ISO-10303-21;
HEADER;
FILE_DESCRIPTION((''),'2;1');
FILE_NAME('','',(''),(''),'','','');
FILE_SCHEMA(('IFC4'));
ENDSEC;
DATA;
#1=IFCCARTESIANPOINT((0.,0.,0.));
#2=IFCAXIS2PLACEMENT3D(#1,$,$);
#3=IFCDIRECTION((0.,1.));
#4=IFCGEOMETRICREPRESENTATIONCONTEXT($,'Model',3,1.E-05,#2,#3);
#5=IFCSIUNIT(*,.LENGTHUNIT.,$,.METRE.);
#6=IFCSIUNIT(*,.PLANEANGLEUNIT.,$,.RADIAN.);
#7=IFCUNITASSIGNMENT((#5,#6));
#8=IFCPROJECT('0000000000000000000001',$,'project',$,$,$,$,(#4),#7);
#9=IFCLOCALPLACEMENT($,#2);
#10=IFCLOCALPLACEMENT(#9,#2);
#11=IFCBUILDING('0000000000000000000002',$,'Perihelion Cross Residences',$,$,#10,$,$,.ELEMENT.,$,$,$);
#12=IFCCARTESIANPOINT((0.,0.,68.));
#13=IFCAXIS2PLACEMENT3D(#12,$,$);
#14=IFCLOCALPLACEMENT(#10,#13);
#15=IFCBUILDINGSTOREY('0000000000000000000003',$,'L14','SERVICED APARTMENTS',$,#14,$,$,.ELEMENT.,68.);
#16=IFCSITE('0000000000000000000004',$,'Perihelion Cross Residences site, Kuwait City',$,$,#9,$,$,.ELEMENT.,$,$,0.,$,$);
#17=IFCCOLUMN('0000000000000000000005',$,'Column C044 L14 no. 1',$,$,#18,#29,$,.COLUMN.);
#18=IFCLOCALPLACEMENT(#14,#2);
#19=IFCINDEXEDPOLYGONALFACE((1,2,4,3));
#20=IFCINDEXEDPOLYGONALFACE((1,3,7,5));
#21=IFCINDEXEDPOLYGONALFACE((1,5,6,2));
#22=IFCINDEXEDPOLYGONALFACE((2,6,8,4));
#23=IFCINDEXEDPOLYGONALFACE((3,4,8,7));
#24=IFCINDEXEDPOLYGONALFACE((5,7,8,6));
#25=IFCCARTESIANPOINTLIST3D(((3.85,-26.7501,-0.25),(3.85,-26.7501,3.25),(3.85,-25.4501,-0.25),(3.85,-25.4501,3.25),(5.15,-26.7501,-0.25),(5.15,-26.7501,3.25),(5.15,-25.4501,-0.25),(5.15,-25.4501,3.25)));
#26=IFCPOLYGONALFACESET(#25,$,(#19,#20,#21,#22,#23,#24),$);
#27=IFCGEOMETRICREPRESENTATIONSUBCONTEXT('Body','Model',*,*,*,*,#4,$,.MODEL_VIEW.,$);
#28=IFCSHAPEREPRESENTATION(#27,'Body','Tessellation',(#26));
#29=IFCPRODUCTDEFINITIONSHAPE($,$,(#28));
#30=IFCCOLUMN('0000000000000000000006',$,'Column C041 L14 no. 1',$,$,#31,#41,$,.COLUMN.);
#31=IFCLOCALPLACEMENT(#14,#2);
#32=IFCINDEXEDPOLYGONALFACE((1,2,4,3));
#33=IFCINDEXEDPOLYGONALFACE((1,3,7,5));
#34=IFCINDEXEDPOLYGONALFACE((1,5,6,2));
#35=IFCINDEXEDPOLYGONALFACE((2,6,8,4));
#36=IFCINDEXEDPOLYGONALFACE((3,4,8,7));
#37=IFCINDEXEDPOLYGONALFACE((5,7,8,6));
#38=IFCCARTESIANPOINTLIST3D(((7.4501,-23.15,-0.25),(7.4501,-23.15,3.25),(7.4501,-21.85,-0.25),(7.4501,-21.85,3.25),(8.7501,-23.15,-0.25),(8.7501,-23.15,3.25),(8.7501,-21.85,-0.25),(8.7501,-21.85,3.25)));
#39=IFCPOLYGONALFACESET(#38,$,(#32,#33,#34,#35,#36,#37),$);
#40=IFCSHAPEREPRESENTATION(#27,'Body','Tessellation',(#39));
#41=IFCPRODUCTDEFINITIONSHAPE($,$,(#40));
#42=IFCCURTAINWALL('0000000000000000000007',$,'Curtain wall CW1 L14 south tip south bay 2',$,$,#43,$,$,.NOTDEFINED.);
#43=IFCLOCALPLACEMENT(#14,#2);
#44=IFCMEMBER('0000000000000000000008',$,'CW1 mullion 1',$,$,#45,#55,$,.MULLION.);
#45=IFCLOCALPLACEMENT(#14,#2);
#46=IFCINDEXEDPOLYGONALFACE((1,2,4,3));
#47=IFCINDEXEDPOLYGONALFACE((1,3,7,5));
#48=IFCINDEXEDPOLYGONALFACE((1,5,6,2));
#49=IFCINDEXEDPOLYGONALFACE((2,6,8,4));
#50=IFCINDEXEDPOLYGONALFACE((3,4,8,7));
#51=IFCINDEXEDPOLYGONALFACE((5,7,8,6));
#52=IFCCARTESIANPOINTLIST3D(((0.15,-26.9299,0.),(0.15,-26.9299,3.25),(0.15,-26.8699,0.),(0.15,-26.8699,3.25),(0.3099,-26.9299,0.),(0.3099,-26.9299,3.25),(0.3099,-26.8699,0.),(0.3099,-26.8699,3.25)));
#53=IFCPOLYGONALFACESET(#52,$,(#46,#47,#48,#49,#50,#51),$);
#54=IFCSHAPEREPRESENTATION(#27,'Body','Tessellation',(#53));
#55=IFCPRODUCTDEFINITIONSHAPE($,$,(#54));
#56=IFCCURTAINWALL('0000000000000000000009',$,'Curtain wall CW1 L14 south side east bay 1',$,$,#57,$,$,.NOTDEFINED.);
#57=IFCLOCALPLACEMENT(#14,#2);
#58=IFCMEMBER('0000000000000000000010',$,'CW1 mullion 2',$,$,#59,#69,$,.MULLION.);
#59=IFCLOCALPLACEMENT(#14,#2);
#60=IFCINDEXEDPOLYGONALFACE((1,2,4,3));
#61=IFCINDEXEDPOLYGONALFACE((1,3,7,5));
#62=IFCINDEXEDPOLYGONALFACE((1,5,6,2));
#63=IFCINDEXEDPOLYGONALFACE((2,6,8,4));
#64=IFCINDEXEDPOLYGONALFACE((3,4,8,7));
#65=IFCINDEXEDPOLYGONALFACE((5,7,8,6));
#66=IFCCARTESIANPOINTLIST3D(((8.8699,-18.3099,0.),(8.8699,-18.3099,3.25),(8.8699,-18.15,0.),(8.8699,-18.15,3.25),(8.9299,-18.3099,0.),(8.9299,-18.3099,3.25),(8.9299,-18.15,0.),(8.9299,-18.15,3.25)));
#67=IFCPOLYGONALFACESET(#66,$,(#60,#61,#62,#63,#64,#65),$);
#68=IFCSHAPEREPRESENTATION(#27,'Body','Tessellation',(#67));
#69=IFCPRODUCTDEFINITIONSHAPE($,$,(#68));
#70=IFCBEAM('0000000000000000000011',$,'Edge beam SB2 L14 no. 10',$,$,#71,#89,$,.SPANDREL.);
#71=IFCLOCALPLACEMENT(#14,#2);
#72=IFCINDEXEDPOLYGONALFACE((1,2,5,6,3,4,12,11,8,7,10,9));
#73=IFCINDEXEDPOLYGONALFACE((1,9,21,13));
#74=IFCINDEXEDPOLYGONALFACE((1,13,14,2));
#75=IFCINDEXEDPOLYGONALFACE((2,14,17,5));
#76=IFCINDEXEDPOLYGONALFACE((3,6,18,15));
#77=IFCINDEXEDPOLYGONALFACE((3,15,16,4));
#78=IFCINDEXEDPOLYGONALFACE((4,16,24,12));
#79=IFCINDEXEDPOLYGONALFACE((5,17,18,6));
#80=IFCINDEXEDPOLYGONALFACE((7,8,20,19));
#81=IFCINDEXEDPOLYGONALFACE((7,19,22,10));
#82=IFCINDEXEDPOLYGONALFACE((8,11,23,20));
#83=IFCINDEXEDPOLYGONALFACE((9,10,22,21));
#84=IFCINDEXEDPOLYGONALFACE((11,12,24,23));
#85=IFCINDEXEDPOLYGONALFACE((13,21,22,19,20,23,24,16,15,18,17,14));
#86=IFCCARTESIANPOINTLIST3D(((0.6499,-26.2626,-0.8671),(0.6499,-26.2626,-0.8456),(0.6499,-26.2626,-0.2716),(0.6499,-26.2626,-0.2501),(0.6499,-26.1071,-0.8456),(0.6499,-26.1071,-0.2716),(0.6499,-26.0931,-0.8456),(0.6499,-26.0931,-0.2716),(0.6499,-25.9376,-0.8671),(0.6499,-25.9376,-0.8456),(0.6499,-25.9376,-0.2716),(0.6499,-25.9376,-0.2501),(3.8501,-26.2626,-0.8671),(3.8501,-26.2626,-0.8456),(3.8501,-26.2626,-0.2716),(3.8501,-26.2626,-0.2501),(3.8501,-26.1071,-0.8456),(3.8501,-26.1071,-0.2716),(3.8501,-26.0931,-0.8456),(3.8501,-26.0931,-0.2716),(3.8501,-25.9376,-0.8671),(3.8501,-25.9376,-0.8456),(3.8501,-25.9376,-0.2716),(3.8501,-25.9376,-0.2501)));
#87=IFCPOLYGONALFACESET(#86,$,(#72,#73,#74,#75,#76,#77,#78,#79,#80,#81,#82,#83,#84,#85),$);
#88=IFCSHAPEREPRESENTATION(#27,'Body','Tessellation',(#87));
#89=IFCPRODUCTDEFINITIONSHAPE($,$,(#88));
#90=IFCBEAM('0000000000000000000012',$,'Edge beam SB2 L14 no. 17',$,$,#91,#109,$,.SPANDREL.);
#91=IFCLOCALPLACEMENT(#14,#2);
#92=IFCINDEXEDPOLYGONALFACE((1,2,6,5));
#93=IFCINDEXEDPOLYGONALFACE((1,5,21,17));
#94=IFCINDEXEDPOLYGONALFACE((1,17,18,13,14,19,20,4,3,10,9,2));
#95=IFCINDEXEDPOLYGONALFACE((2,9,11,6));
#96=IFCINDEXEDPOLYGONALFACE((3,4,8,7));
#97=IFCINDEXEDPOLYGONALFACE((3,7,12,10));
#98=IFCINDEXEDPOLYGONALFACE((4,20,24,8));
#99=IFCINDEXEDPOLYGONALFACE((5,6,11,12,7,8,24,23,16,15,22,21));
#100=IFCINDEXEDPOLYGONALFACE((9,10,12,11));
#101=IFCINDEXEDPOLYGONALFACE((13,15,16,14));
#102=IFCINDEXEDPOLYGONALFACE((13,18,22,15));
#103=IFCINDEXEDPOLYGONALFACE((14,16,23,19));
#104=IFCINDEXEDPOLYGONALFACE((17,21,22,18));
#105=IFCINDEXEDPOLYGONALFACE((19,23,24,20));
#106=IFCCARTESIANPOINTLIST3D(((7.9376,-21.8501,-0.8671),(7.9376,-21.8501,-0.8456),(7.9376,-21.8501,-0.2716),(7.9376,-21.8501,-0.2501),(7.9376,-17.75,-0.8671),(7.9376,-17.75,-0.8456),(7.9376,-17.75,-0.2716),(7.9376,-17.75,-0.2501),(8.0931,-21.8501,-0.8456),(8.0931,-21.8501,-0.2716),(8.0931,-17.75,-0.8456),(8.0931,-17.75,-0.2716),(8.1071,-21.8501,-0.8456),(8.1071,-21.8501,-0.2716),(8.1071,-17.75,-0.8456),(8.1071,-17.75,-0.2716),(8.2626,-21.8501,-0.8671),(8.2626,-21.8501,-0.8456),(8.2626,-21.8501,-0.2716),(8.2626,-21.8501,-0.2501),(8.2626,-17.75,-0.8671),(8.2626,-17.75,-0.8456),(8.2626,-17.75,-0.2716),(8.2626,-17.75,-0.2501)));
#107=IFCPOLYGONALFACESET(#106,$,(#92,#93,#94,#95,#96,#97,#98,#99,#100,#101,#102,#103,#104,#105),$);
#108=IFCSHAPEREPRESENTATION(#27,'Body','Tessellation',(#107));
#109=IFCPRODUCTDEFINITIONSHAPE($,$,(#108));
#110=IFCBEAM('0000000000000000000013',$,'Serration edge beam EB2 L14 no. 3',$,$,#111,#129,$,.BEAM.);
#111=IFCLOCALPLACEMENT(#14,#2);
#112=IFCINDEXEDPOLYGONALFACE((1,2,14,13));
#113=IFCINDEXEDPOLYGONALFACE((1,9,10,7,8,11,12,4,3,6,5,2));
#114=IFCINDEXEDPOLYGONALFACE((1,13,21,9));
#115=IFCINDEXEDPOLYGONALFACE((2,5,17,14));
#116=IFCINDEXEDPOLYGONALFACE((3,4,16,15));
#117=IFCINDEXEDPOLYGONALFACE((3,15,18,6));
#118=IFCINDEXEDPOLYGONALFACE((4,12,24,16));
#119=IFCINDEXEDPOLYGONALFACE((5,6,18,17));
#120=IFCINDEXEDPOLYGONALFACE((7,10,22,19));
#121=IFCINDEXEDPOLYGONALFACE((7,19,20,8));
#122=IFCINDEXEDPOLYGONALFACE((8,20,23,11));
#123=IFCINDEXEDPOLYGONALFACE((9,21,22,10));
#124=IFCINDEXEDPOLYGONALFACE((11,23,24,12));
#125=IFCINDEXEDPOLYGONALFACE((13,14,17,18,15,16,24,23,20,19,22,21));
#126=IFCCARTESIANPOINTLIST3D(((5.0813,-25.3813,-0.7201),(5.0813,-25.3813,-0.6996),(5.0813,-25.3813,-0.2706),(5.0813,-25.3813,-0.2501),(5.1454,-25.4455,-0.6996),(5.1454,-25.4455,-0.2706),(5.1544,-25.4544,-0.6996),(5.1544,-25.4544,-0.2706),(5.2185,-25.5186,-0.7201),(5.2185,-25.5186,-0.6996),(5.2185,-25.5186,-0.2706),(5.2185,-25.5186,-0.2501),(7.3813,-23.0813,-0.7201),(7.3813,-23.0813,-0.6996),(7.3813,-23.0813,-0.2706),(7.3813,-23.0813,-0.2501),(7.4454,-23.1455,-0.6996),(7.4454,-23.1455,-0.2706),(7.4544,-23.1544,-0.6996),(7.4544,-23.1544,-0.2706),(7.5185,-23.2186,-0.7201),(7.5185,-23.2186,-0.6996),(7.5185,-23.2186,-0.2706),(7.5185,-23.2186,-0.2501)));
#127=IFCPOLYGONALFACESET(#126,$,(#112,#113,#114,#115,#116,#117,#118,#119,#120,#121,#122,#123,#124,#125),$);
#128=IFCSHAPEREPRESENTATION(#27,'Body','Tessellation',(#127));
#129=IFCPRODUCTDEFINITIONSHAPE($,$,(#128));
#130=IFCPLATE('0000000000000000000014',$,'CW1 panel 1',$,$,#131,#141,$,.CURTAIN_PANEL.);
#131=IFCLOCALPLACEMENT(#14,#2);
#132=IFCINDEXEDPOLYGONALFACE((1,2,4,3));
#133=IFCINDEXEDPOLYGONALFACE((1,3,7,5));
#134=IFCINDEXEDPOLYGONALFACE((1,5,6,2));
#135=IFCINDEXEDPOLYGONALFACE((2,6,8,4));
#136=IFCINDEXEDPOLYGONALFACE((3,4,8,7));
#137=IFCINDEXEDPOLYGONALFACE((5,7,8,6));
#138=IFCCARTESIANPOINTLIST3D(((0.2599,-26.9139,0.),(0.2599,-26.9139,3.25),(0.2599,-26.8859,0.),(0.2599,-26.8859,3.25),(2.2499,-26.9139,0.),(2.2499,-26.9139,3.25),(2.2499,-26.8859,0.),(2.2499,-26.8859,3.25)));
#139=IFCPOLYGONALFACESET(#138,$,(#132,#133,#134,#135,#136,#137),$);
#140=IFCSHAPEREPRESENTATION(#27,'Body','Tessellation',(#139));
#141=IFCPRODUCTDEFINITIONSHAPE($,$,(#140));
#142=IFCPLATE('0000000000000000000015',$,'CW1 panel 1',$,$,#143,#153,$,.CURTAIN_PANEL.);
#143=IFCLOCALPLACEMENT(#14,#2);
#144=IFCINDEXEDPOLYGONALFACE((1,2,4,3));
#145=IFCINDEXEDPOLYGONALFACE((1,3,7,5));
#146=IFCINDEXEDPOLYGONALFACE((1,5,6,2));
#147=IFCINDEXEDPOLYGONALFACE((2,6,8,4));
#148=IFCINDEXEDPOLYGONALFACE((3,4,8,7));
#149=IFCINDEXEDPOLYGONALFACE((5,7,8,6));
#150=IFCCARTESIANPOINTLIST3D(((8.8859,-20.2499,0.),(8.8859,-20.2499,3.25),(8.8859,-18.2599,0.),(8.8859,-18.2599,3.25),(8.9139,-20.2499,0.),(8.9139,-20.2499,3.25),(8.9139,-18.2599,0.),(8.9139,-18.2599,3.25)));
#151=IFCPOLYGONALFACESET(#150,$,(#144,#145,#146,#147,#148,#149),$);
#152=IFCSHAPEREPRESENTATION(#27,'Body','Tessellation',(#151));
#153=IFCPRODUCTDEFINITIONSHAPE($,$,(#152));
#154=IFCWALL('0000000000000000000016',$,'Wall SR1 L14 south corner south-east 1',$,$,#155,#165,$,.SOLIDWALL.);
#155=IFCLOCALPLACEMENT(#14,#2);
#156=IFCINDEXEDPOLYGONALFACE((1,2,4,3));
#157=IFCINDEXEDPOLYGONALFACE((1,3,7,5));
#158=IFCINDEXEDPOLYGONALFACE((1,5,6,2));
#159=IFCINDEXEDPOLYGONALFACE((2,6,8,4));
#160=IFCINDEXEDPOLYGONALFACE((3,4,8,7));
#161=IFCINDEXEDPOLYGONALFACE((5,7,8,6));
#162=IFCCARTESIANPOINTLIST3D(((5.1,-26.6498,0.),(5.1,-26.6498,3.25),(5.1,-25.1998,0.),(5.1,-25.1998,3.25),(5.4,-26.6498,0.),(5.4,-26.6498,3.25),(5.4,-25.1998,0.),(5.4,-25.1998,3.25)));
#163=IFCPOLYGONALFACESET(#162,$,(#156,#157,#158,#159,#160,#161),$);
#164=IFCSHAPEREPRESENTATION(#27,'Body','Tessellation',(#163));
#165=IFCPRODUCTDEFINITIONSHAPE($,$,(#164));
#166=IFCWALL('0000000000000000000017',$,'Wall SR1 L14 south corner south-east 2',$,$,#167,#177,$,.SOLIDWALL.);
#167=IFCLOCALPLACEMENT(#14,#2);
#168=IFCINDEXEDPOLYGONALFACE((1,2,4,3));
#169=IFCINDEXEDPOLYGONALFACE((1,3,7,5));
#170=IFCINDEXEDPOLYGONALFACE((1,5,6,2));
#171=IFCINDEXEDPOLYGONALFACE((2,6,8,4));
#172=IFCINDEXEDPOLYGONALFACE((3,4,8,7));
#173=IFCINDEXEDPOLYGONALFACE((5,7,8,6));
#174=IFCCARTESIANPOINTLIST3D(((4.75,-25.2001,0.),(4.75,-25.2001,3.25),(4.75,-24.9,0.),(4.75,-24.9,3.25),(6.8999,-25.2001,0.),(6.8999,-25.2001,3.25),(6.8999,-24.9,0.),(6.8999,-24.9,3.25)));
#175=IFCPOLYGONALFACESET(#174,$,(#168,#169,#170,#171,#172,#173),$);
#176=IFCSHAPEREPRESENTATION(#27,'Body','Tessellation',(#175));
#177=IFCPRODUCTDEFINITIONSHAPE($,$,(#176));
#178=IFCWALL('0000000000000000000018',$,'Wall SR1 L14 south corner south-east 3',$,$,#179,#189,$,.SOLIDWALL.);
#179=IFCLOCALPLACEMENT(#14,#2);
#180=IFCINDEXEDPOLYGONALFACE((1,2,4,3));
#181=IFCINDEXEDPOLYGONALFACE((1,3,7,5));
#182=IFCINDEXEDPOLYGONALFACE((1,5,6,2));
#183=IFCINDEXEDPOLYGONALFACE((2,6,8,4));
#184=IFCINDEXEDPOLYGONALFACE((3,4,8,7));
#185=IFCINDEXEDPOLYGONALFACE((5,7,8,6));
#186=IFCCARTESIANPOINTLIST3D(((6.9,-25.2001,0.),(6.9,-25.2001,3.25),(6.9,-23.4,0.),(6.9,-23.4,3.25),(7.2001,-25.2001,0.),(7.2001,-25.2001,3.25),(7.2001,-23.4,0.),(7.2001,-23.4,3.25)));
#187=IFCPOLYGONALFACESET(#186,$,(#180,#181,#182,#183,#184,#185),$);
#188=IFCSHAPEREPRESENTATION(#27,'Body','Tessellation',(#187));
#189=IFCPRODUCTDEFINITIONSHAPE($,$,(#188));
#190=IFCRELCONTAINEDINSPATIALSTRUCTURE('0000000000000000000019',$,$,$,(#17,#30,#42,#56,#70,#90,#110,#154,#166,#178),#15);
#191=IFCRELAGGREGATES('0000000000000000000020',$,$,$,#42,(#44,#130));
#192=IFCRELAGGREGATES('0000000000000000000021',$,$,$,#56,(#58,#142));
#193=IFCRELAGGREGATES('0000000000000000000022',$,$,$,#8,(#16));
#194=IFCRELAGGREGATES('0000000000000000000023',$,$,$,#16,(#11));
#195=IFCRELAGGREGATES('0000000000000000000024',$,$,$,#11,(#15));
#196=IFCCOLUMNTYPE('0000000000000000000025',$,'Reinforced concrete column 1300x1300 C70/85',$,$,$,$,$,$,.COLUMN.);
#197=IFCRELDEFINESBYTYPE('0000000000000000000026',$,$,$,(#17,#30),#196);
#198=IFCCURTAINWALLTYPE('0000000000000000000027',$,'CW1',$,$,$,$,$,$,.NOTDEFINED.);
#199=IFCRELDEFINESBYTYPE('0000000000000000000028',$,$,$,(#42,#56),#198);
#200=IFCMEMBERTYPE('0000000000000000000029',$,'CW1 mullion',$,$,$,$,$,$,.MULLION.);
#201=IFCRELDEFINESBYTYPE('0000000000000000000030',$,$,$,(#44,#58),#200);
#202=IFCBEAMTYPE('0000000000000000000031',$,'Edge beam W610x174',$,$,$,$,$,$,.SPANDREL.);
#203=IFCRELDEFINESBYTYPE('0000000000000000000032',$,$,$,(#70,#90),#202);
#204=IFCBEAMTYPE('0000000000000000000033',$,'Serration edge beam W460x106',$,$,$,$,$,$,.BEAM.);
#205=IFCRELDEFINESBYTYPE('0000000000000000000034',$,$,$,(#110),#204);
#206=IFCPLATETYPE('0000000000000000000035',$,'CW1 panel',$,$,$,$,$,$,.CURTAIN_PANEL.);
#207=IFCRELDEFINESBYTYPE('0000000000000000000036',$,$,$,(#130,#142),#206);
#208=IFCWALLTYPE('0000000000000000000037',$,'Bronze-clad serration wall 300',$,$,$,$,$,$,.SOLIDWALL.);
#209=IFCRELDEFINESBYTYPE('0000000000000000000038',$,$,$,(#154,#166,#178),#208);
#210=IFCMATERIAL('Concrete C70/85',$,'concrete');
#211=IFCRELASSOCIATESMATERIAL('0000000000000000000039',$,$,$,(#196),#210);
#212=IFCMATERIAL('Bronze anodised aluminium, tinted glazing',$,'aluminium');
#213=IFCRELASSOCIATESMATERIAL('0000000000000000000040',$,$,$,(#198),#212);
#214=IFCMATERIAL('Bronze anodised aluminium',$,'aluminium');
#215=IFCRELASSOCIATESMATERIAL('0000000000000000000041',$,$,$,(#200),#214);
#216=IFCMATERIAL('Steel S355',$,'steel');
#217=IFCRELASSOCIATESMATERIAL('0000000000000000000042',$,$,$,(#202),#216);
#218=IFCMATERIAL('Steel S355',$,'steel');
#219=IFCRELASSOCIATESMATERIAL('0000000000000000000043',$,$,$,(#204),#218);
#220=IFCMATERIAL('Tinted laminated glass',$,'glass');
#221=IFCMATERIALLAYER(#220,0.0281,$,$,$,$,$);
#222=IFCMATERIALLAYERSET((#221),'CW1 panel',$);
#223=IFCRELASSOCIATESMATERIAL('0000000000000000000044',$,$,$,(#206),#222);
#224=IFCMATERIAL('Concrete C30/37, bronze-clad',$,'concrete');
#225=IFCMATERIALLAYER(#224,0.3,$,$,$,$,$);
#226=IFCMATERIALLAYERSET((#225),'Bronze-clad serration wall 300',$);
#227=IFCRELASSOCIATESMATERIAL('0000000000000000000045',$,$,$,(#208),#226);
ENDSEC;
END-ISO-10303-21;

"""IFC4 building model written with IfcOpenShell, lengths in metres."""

from ifc_helpers import new_model, si_unit, direction, frame, frame_2d, origin, origin_2d, place, context, subcontext, project, spatial, rectangle, i_section, extrude, material, layer, layer_set, material_profile, profile_set, type_object, element, aggregate, save


model = new_model("IFC4")

# Units and contexts
model_context = context("Model", 3, precision=1e-05, world=origin(), true_north=direction((0.0, 1.0)))
body_context = subcontext(model_context, "Body", "Model", "MODEL_VIEW")
ifc_project = project(units=[si_unit("LENGTHUNIT", "METRE"), si_unit("PLANEANGLEUNIT", "RADIAN")], contexts=[model_context])

# Site, building, storey
site_placement = place(None, origin())
site = spatial("IfcSite", under=ifc_project, at=site_placement, Name="Perihelion Cross Residences site, Kuwait City", CompositionType="ELEMENT", RefElevation=0.0)
building_placement = place(site_placement, origin())
building = spatial("IfcBuilding", under=site, at=building_placement, Name="Perihelion Cross Residences", CompositionType="ELEMENT")
storey_placement = place(building_placement, frame((0.0, 0.0, 68.0)))
storey = spatial("IfcBuildingStorey", under=building, at=storey_placement, Name="L14", Description="SERVICED APARTMENTS", CompositionType="ELEMENT", Elevation=68.0)

# Columns
ifc_material_1 = material(Name="Concrete C70/85", Category="concrete")
ifc_material_profile_1 = material_profile(ifc_material_1, rectangle(XDim=1.3, YDim=1.3, at=origin_2d()), Name="RC 1300x1300")
ifc_profile_set_1 = profile_set([ifc_material_profile_1], Name="Concrete C70/85")
column_type = type_object("IfcColumnType", Name="Reinforced concrete column 1300x1300 C70/85", PredefinedType="COLUMN", material=ifc_profile_set_1)
for number, where, z_axis, x_axis, name in (
    (1, (4.5, -26.1001, -0.25), (0.0, 0.0, 1.0), (1.0, 0.0, 0.0), "Column C044 L14 no. 1"),
    (2, (8.1001, -22.5, -0.25), (0.0, 0.0, 1.0), (1.0, 0.0, 0.0), "Column C041 L14 no. 1"),
):
    element("IfcColumn", number, at=place(storey_placement, frame(where, z_axis=z_axis, x_axis=x_axis)), inside=storey, type_object=column_type, Name=name, PredefinedType="COLUMN", context=body_context, shape_type="SweptSolid", body=[
        extrude(rectangle(XDim=1.3, YDim=1.3, at=origin_2d()), origin(), (0.0, 0.0, 1.0), 3.5),
    ])

# Curtain walls, members
ifc_material_2 = material(Name="Bronze anodised aluminium, tinted glazing", Category="aluminium")
curtain_wall_type = type_object("IfcCurtainWallType", Name="CW1", PredefinedType="NOTDEFINED", material=ifc_material_2)
curtain_wall_1_placement = place(storey_placement, origin())
curtain_wall_1 = element("IfcCurtainWall", 3, at=curtain_wall_1_placement, inside=storey, type_object=curtain_wall_type, Name="Curtain wall CW1 L14 south tip south bay 2", PredefinedType="NOTDEFINED")
ifc_material_3 = material(Name="Bronze anodised aluminium", Category="aluminium")
ifc_material_profile_2 = material_profile(ifc_material_3, rectangle(XDim=0.0601, YDim=0.1599, at=origin_2d()), Name="CW1 mullion")
ifc_profile_set_2 = profile_set([ifc_material_profile_2], Name="Bronze anodised aluminium")
member_type = type_object("IfcMemberType", Name="CW1 mullion", PredefinedType="MULLION", material=ifc_profile_set_2)
member_1_placement = place(storey_placement, frame((0.23, -26.8999, 0.0), z_axis=(0.0, 0.0, 1.0), x_axis=(0.0, 1.0, 0.0)))
member_1 = element("IfcMember", 4, at=member_1_placement, type_object=member_type, Name="CW1 mullion 1", PredefinedType="MULLION", context=body_context, shape_type="SweptSolid", body=[
    extrude(rectangle(XDim=0.0601, YDim=0.1599, at=origin_2d()), origin(), (0.0, 0.0, 1.0), 3.25),
])
curtain_wall_2_placement = place(storey_placement, origin())
curtain_wall_2 = element("IfcCurtainWall", 5, at=curtain_wall_2_placement, inside=storey, type_object=curtain_wall_type, Name="Curtain wall CW1 L14 south side east bay 1", PredefinedType="NOTDEFINED")
member_2_placement = place(storey_placement, frame((8.8999, -18.23, 0.0), z_axis=(0.0, 0.0, 1.0), x_axis=(-1.0, 0.0, 0.0)))
member_2 = element("IfcMember", 6, at=member_2_placement, type_object=member_type, Name="CW1 mullion 2", PredefinedType="MULLION", context=body_context, shape_type="SweptSolid", body=[
    extrude(rectangle(XDim=0.0601, YDim=0.1599, at=origin_2d()), origin(), (0.0, 0.0, 1.0), 3.25),
])

# Beams
ifc_material_4 = material(Name="Steel S355", Category="steel")
ifc_material_profile_3 = material_profile(ifc_material_4, i_section(OverallWidth=0.325, OverallDepth=0.6169, WebThickness=0.0139, FlangeThickness=0.0215, at=origin_2d()), Name="W610x174")
ifc_profile_set_3 = profile_set([ifc_material_profile_3], Name="Steel S355")
beam_type_1 = type_object("IfcBeamType", Name="Edge beam W610x174", PredefinedType="SPANDREL", material=ifc_profile_set_3)
beam_1_placement = place(storey_placement, frame((0.6499, -26.1001, -0.5586), z_axis=(1.0, 0.0, 0.0), x_axis=(0.0, 1.0, 0.0)))
element("IfcBeam", 7, at=beam_1_placement, inside=storey, type_object=beam_type_1, Name="Edge beam SB2 L14 no. 10", PredefinedType="SPANDREL", context=body_context, shape_type="SweptSolid", body=[
    extrude(i_section(OverallWidth=0.325, OverallDepth=0.6169, WebThickness=0.0139, FlangeThickness=0.0215, at=origin_2d()), origin(), (0.0, 0.0, 1.0), 3.2002),
])
beam_2_placement = place(storey_placement, frame((8.1001, -21.8501, -0.5586), z_axis=(0.0, 1.0, 0.0), x_axis=(-1.0, 0.0, 0.0)))
element("IfcBeam", 8, at=beam_2_placement, inside=storey, type_object=beam_type_1, Name="Edge beam SB2 L14 no. 17", PredefinedType="SPANDREL", context=body_context, shape_type="SweptSolid", body=[
    extrude(i_section(OverallWidth=0.325, OverallDepth=0.6169, WebThickness=0.0139, FlangeThickness=0.0215, at=origin_2d()), origin(), (0.0, 0.0, 1.0), 4.1001),
])
ifc_material_5 = material(Name="Steel S355", Category="steel")
ifc_material_profile_4 = material_profile(ifc_material_5, i_section(OverallWidth=0.1941, OverallDepth=0.47, WebThickness=0.0127, FlangeThickness=0.0205, at=origin_2d()), Name="W460x106")
ifc_profile_set_4 = profile_set([ifc_material_profile_4], Name="Steel S355")
beam_type_2 = type_object("IfcBeamType", Name="Serration edge beam W460x106", PredefinedType="BEAM", material=ifc_profile_set_4)
beam_3_placement = place(storey_placement, frame((5.1499, -25.45, -0.4851), z_axis=(0.707107, 0.707107, 0.0), x_axis=(-0.707107, 0.707107, 0.0)))
element("IfcBeam", 9, at=beam_3_placement, inside=storey, type_object=beam_type_2, Name="Serration edge beam EB2 L14 no. 3", PredefinedType="BEAM", context=body_context, shape_type="SweptSolid", body=[
    extrude(i_section(OverallWidth=0.1941, OverallDepth=0.47, WebThickness=0.0127, FlangeThickness=0.0205, at=origin_2d()), origin(), (0.0, 0.0, 1.0), 3.2527),
])

# Plates
ifc_material_6 = material(Name="Tinted laminated glass", Category="glass")
ifc_layer_1 = layer(ifc_material_6, 0.0281)
ifc_layer_set_1 = layer_set([ifc_layer_1], Name="CW1 panel")
plate_type = type_object("IfcPlateType", Name="CW1 panel", PredefinedType="CURTAIN_PANEL", material=ifc_layer_set_1)
plate_1_placement = place(storey_placement, frame((1.2549, -26.8999, 0.0), z_axis=(0.0, 0.0, 1.0), x_axis=(1.0, 0.0, 0.0)))
plate_1 = element("IfcPlate", 10, at=plate_1_placement, type_object=plate_type, Name="CW1 panel 1", PredefinedType="CURTAIN_PANEL", context=body_context, shape_type="SweptSolid", body=[
    extrude(rectangle(XDim=1.99, YDim=0.0281, at=origin_2d()), origin(), (0.0, 0.0, 1.0), 3.25),
])
aggregate(curtain_wall_1, [member_1, plate_1])
plate_2_placement = place(storey_placement, frame((8.8999, -19.2549, 0.0), z_axis=(0.0, 0.0, 1.0), x_axis=(0.0, 1.0, 0.0)))
plate_2 = element("IfcPlate", 11, at=plate_2_placement, type_object=plate_type, Name="CW1 panel 1", PredefinedType="CURTAIN_PANEL", context=body_context, shape_type="SweptSolid", body=[
    extrude(rectangle(XDim=1.99, YDim=0.0281, at=origin_2d()), origin(), (0.0, 0.0, 1.0), 3.25),
])
aggregate(curtain_wall_2, [member_2, plate_2])

# Walls
ifc_material_7 = material(Name="Concrete C30/37, bronze-clad", Category="concrete")
ifc_layer_2 = layer(ifc_material_7, 0.3)
ifc_layer_set_2 = layer_set([ifc_layer_2], Name="Bronze-clad serration wall 300")
wall_type_1 = type_object("IfcWallType", Name="Bronze-clad serration wall 300", PredefinedType="SOLIDWALL", material=ifc_layer_set_2)
wall_1_placement = place(storey_placement, frame((5.25, -26.6499, 0.0), z_axis=(0.0, 0.0, 1.0), x_axis=(0.0, 1.0, 0.0)))
element("IfcWall", 12, at=wall_1_placement, inside=storey, type_object=wall_type_1, Name="Wall SR1 L14 south corner south-east 1", PredefinedType="SOLIDWALL", context=body_context, shape_type="SweptSolid", body=[
    extrude(rectangle(XDim=1.45, YDim=0.3, at=frame_2d((0.7251, 0.0))), origin(), (0.0, 0.0, 1.0), 3.25),
])
wall_2_placement = place(storey_placement, frame((4.75, -25.05, 0.0), z_axis=(0.0, 0.0, 1.0), x_axis=(1.0, 0.0, 0.0)))
element("IfcWall", 13, at=wall_2_placement, inside=storey, type_object=wall_type_1, Name="Wall SR1 L14 south corner south-east 2", PredefinedType="SOLIDWALL", context=body_context, shape_type="SweptSolid", body=[
    extrude(rectangle(XDim=2.1499, YDim=0.3, at=frame_2d((1.075, 0.0))), origin(), (0.0, 0.0, 1.0), 3.25),
])
wall_3_placement = place(storey_placement, frame((7.05, -25.2, 0.0), z_axis=(0.0, 0.0, 1.0), x_axis=(0.0, 1.0, 0.0)))
element("IfcWall", 14, at=wall_3_placement, inside=storey, type_object=wall_type_1, Name="Wall SR1 L14 south corner south-east 3", PredefinedType="SOLIDWALL", context=body_context, shape_type="SweptSolid", body=[
    extrude(rectangle(XDim=1.8, YDim=0.3, at=frame_2d((0.8999, 0.0))), origin(), (0.0, 0.0, 1.0), 3.25),
])

save(model, "model.ifc")
